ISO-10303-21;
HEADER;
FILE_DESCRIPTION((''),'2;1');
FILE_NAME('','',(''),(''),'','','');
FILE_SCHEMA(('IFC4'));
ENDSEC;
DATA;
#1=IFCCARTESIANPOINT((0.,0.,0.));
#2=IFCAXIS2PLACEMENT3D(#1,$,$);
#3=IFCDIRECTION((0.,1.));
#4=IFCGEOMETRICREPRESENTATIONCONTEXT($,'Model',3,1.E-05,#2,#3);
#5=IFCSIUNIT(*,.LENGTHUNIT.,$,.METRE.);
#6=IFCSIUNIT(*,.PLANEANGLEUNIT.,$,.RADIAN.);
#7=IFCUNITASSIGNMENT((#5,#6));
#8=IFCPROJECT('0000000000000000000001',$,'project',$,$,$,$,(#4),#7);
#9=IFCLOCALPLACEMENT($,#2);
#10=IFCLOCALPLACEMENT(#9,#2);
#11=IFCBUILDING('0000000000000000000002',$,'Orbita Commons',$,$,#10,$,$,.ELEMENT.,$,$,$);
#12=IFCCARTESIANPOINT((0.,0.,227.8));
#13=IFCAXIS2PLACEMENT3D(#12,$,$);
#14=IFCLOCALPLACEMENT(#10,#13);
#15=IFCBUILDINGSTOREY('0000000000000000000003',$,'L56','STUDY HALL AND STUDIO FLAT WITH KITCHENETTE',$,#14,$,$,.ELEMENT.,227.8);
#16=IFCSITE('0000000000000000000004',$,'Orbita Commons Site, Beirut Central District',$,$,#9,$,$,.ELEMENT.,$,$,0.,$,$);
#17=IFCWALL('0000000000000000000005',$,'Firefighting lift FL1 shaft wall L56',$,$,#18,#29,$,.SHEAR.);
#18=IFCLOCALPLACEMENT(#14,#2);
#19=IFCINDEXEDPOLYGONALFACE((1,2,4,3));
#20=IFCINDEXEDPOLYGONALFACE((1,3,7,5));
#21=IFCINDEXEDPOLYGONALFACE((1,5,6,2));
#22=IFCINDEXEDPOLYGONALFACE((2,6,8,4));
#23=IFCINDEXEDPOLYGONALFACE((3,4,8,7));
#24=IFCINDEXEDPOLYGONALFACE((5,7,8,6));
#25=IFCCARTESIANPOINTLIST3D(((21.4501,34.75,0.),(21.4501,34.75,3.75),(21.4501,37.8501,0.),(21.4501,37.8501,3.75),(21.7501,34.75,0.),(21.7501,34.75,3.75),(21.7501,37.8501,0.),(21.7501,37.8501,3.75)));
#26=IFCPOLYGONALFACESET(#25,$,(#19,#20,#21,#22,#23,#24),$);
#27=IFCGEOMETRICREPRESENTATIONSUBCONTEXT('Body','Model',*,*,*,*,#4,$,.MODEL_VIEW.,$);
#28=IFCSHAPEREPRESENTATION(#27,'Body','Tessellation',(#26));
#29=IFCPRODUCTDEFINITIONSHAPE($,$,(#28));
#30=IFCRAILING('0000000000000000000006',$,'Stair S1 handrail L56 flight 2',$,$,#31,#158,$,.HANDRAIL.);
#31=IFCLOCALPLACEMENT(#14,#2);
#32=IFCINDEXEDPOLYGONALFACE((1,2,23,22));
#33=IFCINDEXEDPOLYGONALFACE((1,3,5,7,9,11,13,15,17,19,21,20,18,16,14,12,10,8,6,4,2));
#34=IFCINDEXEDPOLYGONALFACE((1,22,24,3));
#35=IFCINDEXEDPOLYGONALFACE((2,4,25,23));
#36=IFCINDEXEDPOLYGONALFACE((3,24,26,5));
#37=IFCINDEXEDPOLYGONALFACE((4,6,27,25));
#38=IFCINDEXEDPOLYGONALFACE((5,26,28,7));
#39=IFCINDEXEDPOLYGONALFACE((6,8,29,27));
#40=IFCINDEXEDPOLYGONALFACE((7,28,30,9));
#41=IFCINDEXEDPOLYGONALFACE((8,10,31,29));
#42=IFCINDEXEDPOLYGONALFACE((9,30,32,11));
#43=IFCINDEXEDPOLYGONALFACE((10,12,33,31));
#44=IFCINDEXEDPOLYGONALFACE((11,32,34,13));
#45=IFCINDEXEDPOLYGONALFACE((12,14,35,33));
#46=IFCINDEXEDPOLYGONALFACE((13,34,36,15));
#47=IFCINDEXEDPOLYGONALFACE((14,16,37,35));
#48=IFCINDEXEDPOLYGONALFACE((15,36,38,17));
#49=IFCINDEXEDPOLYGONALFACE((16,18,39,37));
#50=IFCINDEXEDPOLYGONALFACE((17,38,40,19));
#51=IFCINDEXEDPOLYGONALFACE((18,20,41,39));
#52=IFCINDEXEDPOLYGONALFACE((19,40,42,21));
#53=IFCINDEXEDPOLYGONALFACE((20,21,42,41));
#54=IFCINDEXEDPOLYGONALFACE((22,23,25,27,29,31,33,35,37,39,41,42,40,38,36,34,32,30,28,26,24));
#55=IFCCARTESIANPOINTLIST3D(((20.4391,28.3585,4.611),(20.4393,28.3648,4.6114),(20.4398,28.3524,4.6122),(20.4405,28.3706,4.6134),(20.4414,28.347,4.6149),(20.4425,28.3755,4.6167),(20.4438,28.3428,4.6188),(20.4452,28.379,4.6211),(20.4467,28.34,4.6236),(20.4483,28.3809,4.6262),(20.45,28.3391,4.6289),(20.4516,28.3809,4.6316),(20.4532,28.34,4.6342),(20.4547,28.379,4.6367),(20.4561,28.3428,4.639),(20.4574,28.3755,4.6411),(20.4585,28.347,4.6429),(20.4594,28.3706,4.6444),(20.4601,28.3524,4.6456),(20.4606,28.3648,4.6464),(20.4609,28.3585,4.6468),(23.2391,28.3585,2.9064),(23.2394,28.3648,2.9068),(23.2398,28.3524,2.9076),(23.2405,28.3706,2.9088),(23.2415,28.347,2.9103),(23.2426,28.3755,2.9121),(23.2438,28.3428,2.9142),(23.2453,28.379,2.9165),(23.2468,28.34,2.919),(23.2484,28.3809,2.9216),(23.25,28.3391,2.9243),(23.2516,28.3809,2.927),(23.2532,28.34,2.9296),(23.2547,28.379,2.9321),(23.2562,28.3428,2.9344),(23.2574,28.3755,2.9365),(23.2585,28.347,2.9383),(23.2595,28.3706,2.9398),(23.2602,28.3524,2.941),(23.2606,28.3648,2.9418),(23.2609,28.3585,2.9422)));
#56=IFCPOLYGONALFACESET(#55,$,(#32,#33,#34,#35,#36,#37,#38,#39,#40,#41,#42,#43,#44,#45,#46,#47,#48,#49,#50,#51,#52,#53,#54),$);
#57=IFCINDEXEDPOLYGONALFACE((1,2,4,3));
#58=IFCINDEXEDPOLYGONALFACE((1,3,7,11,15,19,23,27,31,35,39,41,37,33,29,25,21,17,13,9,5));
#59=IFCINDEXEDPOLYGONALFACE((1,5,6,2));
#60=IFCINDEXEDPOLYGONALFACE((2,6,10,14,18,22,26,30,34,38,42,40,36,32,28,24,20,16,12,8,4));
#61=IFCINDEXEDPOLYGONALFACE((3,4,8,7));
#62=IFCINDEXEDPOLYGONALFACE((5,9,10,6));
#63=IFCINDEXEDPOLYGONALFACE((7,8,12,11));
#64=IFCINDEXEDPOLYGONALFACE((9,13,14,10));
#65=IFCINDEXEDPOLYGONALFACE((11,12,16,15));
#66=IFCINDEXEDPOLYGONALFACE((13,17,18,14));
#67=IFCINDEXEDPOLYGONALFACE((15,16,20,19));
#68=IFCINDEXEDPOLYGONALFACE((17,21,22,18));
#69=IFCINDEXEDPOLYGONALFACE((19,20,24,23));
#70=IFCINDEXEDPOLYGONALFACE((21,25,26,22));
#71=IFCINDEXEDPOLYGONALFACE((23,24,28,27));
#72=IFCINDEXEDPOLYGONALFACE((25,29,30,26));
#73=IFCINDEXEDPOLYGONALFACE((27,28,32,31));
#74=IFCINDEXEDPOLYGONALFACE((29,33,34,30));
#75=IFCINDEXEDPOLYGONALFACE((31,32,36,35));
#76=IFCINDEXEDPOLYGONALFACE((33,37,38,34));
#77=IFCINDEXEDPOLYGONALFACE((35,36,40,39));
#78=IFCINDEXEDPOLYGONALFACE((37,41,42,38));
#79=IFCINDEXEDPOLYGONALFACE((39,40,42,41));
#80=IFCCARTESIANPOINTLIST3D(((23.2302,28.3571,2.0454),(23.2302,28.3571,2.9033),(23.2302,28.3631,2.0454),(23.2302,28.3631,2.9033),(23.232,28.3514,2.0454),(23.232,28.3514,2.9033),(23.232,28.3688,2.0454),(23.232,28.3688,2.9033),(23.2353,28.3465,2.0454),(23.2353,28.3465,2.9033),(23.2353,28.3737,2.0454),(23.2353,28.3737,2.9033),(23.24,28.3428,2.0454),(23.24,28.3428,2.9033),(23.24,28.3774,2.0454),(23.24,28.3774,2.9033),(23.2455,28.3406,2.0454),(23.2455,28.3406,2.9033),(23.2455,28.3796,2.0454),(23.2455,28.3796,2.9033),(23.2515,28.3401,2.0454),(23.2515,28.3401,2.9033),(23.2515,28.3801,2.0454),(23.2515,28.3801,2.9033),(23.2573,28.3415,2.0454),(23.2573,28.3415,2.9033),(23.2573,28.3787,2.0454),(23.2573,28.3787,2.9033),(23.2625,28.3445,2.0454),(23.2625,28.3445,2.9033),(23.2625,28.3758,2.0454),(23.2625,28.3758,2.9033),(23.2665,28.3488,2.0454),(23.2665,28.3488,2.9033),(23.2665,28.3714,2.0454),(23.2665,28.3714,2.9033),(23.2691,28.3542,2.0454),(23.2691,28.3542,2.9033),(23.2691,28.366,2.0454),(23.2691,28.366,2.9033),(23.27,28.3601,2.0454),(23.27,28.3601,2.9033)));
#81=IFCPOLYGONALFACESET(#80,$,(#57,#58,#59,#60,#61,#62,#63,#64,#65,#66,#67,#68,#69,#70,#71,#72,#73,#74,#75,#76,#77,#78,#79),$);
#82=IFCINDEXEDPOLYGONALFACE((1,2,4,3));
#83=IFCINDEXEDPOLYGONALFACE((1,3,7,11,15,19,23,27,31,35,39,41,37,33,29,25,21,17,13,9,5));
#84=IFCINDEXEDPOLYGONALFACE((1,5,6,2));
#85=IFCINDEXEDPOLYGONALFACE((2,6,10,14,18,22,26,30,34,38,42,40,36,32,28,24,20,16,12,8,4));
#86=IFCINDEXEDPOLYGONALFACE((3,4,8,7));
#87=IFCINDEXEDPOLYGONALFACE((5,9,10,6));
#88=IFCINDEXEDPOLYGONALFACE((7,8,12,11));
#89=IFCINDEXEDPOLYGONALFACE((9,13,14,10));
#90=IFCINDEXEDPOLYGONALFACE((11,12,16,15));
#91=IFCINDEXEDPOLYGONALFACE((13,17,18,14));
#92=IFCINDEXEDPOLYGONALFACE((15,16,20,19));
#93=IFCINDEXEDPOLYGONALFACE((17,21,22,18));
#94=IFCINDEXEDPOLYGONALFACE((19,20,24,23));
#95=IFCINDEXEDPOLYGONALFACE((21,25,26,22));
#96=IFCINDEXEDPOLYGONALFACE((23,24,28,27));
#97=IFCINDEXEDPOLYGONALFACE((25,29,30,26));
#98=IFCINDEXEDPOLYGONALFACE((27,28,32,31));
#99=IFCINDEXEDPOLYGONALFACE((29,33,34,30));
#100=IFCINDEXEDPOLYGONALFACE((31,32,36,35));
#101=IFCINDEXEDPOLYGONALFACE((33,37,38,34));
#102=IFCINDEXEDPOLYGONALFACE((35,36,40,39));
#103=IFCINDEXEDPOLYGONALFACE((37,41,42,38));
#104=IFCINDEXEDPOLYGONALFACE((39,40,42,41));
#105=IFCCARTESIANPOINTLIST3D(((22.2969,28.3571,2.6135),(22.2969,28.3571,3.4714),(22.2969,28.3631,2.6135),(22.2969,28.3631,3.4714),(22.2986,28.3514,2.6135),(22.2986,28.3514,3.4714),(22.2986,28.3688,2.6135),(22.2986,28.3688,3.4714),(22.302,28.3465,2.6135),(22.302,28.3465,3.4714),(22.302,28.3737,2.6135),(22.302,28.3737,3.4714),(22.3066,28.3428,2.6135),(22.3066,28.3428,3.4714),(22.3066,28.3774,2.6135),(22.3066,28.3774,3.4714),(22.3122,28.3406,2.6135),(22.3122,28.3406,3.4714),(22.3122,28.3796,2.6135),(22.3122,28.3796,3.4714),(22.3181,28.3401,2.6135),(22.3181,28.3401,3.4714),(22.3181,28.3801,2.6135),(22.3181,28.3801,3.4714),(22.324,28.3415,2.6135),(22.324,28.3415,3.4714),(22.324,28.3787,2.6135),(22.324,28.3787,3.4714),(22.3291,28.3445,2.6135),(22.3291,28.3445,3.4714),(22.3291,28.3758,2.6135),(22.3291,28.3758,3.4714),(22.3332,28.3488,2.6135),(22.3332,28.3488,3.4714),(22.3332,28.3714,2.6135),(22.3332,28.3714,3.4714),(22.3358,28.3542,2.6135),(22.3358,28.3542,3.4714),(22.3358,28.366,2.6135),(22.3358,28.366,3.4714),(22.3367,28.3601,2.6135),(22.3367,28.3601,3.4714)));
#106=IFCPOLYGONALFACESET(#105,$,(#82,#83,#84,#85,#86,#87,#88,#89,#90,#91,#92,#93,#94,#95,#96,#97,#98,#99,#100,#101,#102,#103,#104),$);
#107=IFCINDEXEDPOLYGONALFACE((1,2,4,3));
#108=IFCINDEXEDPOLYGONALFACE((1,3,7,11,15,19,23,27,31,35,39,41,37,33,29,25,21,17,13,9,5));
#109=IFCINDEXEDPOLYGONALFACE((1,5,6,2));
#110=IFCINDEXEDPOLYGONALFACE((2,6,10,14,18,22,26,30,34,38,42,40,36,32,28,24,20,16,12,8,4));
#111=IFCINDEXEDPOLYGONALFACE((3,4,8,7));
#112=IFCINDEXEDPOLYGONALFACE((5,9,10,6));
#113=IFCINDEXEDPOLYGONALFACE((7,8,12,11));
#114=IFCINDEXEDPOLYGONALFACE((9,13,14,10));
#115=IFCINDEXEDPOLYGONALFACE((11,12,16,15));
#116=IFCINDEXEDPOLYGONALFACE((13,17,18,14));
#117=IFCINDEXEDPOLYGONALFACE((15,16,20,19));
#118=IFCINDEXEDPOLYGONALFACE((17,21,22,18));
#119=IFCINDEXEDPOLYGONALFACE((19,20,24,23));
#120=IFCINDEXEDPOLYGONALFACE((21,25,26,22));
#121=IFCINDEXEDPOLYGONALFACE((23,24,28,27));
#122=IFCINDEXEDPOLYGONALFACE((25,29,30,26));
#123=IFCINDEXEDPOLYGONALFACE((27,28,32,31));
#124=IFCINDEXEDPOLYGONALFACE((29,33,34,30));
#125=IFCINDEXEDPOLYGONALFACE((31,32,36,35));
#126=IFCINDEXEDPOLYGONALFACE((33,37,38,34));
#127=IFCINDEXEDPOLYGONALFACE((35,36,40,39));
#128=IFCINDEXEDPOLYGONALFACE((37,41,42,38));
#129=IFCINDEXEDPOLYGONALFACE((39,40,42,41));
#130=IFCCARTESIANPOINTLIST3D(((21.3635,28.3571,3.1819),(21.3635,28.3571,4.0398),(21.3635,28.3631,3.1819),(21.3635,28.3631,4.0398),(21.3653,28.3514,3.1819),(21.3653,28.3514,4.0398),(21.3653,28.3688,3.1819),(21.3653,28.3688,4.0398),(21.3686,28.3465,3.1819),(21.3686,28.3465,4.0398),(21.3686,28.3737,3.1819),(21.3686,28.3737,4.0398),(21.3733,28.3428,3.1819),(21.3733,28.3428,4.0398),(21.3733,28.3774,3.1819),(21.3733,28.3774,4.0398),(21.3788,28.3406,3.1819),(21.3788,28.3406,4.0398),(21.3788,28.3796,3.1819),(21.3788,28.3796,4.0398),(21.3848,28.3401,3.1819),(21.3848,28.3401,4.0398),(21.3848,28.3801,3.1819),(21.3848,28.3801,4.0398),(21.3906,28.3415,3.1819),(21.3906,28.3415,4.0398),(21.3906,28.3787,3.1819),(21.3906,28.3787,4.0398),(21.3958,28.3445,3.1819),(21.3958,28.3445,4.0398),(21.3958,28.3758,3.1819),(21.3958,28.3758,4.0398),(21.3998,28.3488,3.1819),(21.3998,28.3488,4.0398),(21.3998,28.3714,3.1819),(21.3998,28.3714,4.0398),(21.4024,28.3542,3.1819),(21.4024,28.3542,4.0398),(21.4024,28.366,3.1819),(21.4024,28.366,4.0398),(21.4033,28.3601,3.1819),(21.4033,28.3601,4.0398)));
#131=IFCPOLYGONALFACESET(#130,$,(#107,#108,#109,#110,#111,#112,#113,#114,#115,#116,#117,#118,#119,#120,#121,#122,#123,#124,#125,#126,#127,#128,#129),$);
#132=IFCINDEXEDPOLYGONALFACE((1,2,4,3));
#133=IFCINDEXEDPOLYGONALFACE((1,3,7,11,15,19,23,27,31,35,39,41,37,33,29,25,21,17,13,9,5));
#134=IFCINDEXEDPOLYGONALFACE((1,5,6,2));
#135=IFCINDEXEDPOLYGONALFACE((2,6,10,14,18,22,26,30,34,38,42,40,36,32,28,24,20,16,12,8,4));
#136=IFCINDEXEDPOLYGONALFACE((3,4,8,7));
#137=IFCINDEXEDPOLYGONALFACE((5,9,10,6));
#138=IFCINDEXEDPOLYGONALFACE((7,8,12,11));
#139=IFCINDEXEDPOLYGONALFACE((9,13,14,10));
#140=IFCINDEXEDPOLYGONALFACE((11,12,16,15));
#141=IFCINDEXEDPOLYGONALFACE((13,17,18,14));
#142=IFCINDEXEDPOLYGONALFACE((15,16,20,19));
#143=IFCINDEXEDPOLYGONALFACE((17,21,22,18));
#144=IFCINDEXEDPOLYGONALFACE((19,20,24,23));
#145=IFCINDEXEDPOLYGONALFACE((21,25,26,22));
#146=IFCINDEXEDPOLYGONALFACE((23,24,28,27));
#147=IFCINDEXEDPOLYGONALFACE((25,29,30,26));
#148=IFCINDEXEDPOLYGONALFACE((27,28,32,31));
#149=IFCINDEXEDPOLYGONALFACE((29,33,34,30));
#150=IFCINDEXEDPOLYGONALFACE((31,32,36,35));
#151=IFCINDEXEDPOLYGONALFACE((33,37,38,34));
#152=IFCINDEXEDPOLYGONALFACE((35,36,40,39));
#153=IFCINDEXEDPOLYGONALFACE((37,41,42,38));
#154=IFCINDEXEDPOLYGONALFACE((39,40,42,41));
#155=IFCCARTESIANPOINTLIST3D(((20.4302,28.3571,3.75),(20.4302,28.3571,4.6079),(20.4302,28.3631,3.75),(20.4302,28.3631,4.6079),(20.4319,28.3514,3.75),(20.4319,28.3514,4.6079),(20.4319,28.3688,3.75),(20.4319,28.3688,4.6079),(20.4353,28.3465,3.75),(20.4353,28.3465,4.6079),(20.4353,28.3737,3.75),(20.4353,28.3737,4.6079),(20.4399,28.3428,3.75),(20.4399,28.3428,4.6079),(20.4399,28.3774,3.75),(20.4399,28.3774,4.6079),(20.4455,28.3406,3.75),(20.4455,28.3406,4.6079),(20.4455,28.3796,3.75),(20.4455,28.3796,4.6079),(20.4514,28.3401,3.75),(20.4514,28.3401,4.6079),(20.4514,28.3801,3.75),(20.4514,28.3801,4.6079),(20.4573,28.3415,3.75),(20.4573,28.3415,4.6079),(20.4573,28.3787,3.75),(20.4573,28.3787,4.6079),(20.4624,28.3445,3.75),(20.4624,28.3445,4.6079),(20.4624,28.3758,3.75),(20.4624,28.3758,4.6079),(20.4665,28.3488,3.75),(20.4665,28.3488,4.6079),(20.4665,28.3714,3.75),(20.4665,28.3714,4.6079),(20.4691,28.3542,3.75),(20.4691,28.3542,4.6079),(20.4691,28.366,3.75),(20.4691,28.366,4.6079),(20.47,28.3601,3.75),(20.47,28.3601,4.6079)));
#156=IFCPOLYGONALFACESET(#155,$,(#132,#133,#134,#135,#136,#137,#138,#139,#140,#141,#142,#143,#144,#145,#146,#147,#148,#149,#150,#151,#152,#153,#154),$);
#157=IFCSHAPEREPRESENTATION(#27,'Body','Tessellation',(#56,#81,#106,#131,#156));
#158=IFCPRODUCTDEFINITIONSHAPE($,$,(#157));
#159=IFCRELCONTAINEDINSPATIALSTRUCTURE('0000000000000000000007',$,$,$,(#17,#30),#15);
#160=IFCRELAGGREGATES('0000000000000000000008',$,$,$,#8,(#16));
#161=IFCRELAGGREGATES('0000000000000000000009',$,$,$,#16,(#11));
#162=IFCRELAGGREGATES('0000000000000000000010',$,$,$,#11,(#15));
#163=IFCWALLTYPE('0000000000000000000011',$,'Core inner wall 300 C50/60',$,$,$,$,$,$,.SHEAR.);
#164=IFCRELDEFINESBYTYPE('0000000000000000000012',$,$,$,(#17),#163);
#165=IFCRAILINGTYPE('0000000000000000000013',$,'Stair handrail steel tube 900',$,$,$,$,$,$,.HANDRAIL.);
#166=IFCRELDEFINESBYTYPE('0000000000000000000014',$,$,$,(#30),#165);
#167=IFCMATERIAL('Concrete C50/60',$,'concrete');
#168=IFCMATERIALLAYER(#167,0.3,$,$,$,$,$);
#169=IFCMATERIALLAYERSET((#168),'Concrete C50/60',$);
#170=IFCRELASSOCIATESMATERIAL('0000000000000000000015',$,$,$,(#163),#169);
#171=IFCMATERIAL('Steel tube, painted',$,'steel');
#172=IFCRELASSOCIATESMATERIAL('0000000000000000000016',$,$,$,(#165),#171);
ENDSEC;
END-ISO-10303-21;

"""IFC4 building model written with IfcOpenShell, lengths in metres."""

from ifc_helpers import new_model, si_unit, direction, frame, frame_2d, origin, origin_2d, place, context, subcontext, project, spatial, rectangle, circle, extrude, material, layer, layer_set, type_object, element, save


model = new_model("IFC4")

# Units and contexts
model_context = context("Model", 3, precision=1e-05, world=origin(), true_north=direction((0.0, 1.0)))
body_context = subcontext(model_context, "Body", "Model", "MODEL_VIEW")
ifc_project = project(units=[si_unit("LENGTHUNIT", "METRE"), si_unit("PLANEANGLEUNIT", "RADIAN")], contexts=[model_context])

# Site, building, storey
site_placement = place(None, origin())
site = spatial("IfcSite", under=ifc_project, at=site_placement, Name="Orbita Commons Site, Beirut Central District", CompositionType="ELEMENT", RefElevation=0.0)
building_placement = place(site_placement, origin())
building = spatial("IfcBuilding", under=site, at=building_placement, Name="Orbita Commons", CompositionType="ELEMENT")
storey_placement = place(building_placement, frame((0.0, 0.0, 227.8)))
storey = spatial("IfcBuildingStorey", under=building, at=storey_placement, Name="L56", Description="STUDY HALL AND STUDIO FLAT WITH KITCHENETTE", CompositionType="ELEMENT", Elevation=227.8)

# Wall
ifc_material_1 = material(Name="Concrete C50/60", Category="concrete")
ifc_layer = layer(ifc_material_1, 0.3)
ifc_layer_set = layer_set([ifc_layer], Name="Concrete C50/60")
wall_type = type_object("IfcWallType", Name="Core inner wall 300 C50/60", PredefinedType="SHEAR", material=ifc_layer_set)
wall_placement = place(storey_placement, frame((21.6001, 34.75, 0.0), z_axis=(0.0, 0.0, 1.0), x_axis=(0.0, 1.0, 0.0)))
element("IfcWall", 1, at=wall_placement, inside=storey, type_object=wall_type, Name="Firefighting lift FL1 shaft wall L56", PredefinedType="SHEAR", context=body_context, shape_type="SweptSolid", body=[
    extrude(rectangle(XDim=3.1001, YDim=0.3, at=frame_2d((1.55, 0.0))), origin(), (0.0, 0.0, 1.0), 3.75),
])

# Railing
ifc_material_2 = material(Name="Steel tube, painted", Category="steel")
railing_type = type_object("IfcRailingType", Name="Stair handrail steel tube 900", PredefinedType="HANDRAIL", material=ifc_material_2)
for number, where, name in (
    (2, (23.25, 28.3601, 2.0454), "Stair S1 handrail L56 flight 2"),
):
    element("IfcRailing", number, at=place(storey_placement, frame(where)), inside=storey, type_object=railing_type, Name=name, PredefinedType="HANDRAIL", context=body_context, shape_type="SweptSolid", body=[
        extrude(circle(Radius=0.021, at=origin_2d()), frame((0.0, 0.0, 0.8789), z_axis=(-0.85417, 0.0, 0.519994), x_axis=(0.0, -1.0, 0.0)), (0.0, 0.0, 1.0), 3.2781),
        extrude(circle(Radius=0.02, at=origin_2d()), origin(), (0.0, 0.0, 1.0), 0.8579),
        extrude(circle(Radius=0.02, at=origin_2d()), frame((-0.9333, 0.0, 0.5681)), (0.0, 0.0, 1.0), 0.8579),
        extrude(circle(Radius=0.02, at=origin_2d()), frame((-1.8667, 0.0, 1.1365)), (0.0, 0.0, 1.0), 0.8579),
        extrude(circle(Radius=0.02, at=origin_2d()), frame((-2.8, 0.0, 1.7046)), (0.0, 0.0, 1.0), 0.8579),
    ])

save(model, "model.ifc")
